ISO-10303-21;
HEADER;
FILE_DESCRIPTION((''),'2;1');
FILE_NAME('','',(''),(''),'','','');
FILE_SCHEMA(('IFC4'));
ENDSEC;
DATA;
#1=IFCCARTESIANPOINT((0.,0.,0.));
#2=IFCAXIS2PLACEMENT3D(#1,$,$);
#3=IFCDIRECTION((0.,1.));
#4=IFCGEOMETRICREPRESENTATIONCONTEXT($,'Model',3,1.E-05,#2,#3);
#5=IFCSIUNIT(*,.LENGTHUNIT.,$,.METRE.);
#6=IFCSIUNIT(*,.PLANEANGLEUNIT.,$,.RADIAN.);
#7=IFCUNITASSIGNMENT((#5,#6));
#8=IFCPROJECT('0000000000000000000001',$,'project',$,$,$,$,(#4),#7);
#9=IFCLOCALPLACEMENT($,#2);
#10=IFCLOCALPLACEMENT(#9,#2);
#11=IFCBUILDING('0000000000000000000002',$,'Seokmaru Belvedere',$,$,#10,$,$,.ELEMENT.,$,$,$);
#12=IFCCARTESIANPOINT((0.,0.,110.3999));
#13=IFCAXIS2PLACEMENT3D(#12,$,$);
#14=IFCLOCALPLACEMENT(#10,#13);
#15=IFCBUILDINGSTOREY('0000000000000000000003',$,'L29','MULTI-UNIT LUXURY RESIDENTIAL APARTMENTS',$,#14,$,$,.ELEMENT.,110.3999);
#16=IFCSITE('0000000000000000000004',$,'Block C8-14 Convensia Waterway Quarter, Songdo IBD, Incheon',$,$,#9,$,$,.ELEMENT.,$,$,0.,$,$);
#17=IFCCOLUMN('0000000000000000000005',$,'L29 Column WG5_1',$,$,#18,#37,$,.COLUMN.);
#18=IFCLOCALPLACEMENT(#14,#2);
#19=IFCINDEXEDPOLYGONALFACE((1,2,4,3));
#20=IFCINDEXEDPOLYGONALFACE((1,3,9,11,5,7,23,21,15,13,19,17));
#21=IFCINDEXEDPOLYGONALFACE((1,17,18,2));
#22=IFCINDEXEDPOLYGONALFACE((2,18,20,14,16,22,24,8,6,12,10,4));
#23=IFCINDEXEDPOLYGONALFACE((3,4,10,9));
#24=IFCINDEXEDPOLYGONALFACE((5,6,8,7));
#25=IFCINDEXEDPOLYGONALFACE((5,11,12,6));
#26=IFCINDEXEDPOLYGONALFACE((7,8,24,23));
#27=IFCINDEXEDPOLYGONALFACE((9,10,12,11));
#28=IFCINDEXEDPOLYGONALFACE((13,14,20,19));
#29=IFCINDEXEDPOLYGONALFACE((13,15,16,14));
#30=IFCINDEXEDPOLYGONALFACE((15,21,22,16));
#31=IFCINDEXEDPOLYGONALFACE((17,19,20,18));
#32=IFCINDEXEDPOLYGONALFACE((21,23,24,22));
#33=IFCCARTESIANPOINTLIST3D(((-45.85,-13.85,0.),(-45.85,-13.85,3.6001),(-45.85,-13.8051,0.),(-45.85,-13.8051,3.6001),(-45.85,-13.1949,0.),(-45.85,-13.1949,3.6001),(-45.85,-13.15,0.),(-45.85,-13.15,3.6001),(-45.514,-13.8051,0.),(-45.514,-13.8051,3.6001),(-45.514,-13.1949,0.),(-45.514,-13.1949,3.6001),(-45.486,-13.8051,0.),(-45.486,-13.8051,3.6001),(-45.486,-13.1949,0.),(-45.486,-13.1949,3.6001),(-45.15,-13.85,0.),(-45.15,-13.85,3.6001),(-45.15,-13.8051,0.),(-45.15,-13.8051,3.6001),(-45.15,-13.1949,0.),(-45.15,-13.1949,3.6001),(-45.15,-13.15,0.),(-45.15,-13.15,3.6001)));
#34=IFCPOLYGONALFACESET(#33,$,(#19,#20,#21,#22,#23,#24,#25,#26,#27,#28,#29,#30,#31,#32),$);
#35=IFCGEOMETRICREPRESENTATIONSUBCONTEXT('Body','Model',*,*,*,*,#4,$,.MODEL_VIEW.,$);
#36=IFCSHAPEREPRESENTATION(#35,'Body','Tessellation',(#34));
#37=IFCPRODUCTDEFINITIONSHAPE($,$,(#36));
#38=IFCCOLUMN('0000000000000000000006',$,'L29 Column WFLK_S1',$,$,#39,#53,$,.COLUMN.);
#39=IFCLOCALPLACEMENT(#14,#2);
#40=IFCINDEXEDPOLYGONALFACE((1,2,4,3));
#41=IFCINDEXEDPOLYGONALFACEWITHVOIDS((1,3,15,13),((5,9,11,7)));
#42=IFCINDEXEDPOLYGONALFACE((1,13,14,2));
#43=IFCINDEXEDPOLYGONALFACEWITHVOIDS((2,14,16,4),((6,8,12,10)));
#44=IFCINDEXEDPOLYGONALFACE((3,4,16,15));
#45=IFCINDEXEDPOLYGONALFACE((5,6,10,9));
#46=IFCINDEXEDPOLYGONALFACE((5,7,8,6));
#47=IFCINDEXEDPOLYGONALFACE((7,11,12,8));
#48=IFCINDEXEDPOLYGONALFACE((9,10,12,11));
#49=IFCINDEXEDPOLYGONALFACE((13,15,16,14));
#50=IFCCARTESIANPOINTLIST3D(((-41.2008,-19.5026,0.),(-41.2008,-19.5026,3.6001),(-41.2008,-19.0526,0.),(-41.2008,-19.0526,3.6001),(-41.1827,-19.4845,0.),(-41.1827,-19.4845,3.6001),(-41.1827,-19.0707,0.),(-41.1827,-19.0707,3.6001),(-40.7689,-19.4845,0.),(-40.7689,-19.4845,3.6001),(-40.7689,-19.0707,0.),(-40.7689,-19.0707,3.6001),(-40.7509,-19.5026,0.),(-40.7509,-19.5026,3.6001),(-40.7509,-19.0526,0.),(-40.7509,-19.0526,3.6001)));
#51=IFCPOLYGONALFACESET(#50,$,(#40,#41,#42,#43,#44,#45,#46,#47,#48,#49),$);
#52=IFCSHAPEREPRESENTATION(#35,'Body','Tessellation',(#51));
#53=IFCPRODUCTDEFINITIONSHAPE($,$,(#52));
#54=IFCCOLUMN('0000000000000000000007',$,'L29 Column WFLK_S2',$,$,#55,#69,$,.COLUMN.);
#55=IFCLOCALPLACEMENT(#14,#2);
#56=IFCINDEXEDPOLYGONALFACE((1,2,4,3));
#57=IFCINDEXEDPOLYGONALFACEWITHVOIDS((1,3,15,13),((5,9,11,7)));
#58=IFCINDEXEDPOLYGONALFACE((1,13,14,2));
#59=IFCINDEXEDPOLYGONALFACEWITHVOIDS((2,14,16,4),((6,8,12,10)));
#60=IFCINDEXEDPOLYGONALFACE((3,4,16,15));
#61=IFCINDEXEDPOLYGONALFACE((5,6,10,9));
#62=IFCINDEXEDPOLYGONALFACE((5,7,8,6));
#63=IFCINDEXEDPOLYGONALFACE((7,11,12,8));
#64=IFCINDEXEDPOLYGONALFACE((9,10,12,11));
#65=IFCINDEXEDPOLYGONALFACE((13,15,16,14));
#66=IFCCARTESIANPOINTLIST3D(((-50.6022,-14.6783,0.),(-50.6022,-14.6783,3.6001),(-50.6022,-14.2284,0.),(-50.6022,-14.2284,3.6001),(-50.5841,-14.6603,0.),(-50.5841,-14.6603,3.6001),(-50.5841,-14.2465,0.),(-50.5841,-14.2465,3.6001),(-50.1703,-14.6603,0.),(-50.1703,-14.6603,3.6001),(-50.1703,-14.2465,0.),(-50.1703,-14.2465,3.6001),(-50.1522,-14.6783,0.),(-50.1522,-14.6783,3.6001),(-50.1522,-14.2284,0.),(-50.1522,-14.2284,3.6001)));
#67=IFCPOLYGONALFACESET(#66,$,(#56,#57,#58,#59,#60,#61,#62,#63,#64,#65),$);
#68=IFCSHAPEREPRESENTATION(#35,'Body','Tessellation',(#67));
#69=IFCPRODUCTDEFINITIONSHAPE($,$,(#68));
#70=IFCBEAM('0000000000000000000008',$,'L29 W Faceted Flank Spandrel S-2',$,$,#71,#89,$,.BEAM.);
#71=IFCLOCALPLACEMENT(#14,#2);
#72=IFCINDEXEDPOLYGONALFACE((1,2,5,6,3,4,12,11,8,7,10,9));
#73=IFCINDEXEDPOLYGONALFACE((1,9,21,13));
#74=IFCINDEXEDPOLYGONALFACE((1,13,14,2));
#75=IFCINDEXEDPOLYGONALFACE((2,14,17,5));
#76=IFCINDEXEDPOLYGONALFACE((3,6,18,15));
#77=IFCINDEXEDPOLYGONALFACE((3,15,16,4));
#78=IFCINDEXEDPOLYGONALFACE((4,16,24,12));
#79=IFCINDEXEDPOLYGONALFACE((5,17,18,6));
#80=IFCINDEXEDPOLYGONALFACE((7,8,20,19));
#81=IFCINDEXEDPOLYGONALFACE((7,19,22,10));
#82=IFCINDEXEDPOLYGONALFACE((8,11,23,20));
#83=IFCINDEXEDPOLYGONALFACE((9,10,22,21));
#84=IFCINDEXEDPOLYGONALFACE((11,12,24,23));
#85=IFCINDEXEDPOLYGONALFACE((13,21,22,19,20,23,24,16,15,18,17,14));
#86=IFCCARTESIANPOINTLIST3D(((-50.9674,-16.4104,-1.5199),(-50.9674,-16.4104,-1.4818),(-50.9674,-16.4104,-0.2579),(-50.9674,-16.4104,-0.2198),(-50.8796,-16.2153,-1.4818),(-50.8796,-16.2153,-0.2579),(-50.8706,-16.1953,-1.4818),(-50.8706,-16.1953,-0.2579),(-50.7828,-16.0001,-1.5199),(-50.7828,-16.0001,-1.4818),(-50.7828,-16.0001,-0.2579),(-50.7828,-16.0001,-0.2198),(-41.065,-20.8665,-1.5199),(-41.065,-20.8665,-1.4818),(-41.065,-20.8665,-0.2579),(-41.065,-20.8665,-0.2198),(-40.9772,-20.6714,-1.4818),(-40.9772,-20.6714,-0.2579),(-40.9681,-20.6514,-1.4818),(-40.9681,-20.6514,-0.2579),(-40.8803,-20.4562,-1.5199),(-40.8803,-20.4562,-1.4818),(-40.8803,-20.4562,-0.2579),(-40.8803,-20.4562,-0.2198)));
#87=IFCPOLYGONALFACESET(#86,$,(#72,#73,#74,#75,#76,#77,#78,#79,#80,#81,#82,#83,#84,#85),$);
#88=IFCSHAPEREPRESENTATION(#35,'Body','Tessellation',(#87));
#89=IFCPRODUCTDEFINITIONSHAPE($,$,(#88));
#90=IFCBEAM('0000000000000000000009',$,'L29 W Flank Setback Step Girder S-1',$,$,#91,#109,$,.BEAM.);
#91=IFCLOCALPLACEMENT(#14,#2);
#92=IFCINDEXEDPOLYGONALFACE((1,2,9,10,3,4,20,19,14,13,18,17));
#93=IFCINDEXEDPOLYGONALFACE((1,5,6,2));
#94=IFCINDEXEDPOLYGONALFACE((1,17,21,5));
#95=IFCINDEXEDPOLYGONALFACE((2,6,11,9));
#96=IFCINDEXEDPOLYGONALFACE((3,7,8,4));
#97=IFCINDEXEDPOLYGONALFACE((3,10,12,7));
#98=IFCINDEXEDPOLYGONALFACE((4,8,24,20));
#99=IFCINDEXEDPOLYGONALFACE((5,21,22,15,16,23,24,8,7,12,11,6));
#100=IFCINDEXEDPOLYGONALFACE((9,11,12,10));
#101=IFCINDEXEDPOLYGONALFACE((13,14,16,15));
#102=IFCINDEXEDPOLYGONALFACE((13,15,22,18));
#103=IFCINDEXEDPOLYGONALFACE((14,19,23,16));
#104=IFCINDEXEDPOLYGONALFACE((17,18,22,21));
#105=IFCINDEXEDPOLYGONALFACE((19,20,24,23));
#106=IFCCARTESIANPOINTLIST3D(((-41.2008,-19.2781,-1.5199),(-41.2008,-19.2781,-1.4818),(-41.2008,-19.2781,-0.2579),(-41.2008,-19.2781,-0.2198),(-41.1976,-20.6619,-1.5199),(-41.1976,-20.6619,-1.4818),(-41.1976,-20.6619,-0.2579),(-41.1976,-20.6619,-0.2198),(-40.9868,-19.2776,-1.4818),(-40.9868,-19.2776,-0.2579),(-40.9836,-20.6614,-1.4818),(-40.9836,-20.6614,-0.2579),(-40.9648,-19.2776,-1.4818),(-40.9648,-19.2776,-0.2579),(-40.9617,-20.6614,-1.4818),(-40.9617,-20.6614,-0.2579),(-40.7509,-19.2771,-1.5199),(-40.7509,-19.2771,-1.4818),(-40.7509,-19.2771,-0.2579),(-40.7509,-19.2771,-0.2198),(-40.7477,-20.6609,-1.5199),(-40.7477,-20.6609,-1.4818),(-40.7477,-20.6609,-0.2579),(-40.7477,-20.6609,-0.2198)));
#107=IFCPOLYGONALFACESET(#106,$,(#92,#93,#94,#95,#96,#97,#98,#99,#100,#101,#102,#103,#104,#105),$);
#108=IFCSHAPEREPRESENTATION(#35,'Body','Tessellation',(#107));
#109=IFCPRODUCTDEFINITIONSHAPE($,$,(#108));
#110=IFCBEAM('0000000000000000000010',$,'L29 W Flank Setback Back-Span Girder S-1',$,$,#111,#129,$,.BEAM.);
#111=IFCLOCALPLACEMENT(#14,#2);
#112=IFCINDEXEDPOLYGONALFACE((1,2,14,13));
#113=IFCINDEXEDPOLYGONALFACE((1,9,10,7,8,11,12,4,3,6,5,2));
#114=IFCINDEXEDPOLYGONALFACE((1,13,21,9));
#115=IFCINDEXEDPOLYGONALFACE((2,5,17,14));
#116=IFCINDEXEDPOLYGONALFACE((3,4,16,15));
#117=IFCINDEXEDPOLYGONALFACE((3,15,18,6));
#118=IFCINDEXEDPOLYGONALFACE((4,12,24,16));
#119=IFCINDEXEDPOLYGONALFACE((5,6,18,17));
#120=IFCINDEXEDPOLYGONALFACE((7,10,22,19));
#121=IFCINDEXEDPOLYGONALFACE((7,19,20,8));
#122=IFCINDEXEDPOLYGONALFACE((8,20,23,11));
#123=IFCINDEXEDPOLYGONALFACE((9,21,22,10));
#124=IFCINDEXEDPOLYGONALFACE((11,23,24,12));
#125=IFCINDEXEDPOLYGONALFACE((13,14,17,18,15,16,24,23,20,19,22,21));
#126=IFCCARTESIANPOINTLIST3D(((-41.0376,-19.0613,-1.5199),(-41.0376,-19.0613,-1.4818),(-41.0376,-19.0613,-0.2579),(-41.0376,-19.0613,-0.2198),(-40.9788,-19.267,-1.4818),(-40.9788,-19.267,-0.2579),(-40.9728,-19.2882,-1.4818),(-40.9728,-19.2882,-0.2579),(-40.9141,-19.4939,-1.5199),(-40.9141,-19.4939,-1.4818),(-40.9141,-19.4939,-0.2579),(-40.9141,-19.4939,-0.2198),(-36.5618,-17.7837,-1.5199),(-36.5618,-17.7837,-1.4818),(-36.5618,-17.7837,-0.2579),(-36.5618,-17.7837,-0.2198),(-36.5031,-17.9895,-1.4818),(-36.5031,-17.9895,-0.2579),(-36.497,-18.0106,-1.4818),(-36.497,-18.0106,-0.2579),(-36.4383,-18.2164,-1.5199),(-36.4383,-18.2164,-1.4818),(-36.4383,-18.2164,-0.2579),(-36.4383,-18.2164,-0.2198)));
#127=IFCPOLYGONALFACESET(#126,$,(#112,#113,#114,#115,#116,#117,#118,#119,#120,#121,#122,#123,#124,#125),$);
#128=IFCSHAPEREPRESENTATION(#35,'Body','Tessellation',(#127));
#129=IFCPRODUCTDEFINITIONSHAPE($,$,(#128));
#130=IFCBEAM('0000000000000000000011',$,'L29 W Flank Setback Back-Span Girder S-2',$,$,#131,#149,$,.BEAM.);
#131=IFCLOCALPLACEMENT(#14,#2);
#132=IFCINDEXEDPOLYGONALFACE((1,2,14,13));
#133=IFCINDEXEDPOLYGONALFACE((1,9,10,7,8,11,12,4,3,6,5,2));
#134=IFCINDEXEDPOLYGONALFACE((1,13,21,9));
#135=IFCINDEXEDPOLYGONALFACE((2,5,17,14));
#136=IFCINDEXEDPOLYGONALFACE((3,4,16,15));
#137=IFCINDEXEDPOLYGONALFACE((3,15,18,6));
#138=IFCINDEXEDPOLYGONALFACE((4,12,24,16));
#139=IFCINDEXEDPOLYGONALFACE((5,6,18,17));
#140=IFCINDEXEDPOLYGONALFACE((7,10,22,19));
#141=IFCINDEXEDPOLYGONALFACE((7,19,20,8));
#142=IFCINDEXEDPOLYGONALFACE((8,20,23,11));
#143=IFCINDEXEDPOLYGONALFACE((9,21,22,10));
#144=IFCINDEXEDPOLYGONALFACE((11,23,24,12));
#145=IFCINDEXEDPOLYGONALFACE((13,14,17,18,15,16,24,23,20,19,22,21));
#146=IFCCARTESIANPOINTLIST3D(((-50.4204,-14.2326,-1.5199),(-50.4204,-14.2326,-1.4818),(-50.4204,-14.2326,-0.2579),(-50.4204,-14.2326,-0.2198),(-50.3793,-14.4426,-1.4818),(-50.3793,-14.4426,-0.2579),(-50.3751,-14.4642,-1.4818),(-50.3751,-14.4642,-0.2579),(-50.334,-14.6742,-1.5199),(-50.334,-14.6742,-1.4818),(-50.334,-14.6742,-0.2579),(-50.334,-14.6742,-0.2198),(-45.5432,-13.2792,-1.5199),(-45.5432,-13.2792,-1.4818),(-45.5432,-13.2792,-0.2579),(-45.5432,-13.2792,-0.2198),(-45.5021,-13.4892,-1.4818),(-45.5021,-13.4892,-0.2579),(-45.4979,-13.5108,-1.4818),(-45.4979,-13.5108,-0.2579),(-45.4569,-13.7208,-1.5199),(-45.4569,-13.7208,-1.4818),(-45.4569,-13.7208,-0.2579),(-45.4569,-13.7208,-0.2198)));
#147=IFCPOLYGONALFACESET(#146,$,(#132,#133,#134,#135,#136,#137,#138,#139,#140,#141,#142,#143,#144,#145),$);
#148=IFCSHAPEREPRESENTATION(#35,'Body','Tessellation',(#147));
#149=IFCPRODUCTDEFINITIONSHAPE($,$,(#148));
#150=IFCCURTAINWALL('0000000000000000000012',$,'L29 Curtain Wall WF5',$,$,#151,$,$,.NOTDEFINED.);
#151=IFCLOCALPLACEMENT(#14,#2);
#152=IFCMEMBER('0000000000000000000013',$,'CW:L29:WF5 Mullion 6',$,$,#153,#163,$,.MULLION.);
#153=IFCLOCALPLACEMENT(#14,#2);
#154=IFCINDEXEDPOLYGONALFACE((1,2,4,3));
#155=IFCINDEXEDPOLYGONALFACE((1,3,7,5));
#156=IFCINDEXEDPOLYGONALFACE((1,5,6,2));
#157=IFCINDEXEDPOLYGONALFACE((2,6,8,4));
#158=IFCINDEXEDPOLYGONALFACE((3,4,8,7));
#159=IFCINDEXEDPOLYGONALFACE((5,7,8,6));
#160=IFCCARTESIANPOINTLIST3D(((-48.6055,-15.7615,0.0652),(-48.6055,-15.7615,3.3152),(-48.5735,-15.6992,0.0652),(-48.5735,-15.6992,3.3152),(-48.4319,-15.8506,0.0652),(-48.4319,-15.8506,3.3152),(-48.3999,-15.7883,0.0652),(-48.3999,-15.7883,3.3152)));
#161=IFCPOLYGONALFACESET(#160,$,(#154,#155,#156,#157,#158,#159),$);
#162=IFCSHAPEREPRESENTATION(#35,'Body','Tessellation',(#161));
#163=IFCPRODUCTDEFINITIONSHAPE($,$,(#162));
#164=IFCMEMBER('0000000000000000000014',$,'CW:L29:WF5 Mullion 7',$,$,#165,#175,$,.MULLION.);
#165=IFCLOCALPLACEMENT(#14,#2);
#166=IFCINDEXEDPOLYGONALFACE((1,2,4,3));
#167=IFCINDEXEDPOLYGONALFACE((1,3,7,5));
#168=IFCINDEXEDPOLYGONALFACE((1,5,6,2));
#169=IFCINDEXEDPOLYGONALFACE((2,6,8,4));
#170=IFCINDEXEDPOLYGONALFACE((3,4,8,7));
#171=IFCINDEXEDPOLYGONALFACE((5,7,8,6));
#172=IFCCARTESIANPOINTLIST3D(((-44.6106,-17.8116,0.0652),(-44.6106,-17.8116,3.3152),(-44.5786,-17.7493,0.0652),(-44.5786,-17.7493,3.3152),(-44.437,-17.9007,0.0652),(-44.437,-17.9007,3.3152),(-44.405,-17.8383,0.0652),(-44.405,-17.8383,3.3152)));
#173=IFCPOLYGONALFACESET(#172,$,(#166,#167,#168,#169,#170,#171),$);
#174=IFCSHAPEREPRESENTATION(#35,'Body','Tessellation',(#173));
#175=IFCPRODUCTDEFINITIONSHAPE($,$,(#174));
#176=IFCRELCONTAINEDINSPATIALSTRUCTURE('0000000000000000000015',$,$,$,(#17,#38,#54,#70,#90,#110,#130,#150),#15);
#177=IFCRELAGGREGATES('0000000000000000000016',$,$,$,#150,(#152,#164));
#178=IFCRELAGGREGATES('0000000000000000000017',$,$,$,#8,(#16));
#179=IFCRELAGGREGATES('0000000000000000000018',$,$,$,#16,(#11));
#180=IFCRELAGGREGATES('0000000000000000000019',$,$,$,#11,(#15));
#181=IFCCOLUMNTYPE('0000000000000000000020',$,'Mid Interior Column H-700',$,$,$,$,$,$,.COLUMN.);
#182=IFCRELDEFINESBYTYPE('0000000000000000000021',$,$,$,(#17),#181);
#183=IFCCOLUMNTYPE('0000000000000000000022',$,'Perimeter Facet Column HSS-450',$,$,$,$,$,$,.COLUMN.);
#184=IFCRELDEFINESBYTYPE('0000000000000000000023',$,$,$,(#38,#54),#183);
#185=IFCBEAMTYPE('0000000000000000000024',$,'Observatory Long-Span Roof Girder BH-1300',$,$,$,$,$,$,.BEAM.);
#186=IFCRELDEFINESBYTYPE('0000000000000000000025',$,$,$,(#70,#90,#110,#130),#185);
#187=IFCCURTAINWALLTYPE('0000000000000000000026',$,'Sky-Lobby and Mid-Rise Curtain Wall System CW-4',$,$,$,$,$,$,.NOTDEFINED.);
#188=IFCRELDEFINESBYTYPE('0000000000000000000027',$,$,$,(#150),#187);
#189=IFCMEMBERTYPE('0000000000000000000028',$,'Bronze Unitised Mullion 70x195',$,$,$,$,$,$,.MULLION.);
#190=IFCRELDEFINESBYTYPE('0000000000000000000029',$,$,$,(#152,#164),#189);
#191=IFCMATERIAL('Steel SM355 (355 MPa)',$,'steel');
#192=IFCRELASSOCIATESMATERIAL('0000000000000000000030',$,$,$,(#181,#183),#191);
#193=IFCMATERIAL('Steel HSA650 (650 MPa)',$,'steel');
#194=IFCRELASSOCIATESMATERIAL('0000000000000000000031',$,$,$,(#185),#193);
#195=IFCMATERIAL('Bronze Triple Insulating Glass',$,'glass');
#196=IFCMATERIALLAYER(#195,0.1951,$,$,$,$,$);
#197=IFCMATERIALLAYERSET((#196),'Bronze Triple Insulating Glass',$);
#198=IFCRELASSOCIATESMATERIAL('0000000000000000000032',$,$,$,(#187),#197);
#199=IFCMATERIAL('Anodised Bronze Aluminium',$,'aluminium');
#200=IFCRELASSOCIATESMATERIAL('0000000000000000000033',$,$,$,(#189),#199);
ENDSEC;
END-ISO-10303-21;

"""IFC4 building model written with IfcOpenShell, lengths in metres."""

from ifc_helpers import new_model, si_unit, direction, frame, origin, origin_2d, place, context, subcontext, project, spatial, rectangle, hollow_rectangle, i_section, extrude, source, transform, mapped, material, layer, layer_set, material_profile, profile_set, type_object, type_shapes, element, aggregate, save


model = new_model("IFC4")

# Units and contexts
model_context = context("Model", 3, precision=1e-05, world=origin(), true_north=direction((0.0, 1.0)))
body_context = subcontext(model_context, "Body", "Model", "MODEL_VIEW")
ifc_project = project(units=[si_unit("LENGTHUNIT", "METRE"), si_unit("PLANEANGLEUNIT", "RADIAN")], contexts=[model_context])

# Site, building, storey
site_placement = place(None, origin())
site = spatial("IfcSite", under=ifc_project, at=site_placement, Name="Block C8-14 Convensia Waterway Quarter, Songdo IBD, Incheon", CompositionType="ELEMENT", RefElevation=0.0)
building_placement = place(site_placement, origin())
building = spatial("IfcBuilding", under=site, at=building_placement, Name="Seokmaru Belvedere", CompositionType="ELEMENT")
storey_placement = place(building_placement, frame((0.0, 0.0, 110.3999)))
storey = spatial("IfcBuildingStorey", under=building, at=storey_placement, Name="L29", Description="MULTI-UNIT LUXURY RESIDENTIAL APARTMENTS", CompositionType="ELEMENT", Elevation=110.3999)

# Columns
ifc_material_1 = material(Name="Steel SM355 (355 MPa)", Category="steel")
ifc_material_profile_1 = material_profile(ifc_material_1, i_section(OverallWidth=0.7, OverallDepth=0.7, WebThickness=0.0281, FlangeThickness=0.0449, at=origin_2d()), Name="H-700x700x28x45")
ifc_profile_set_1 = profile_set([ifc_material_profile_1], Name="Steel SM355 (355 MPa)")
column_type_1 = type_object("IfcColumnType", Name="Mid Interior Column H-700", PredefinedType="COLUMN", material=ifc_profile_set_1)
shared_shape_1 = source(origin(), body_context, "Body", "SweptSolid", [
    extrude(i_section(OverallWidth=0.7, OverallDepth=0.7, WebThickness=0.0281, FlangeThickness=0.0449, at=origin_2d()), origin(), (0.0, 0.0, 1.0), 3.6001),
])
type_shapes(column_type_1, [shared_shape_1])
column_placement = place(storey_placement, frame((-45.5, -13.5, 0.0), z_axis=(0.0, 0.0, 1.0), x_axis=(1.0, 0.0, 0.0)))
element("IfcColumn", 1, at=column_placement, inside=storey, type_object=column_type_1, Name="L29 Column WG5_1", PredefinedType="COLUMN", context=body_context, shape_type="MappedRepresentation", body=[
    mapped(shared_shape_1, transform((0.0, 0.0, 0.0), scale=1.0)),
])
ifc_material_profile_2 = material_profile(ifc_material_1, hollow_rectangle(XDim=0.45, YDim=0.45, WallThickness=0.0181, at=origin_2d()), Name="HSS-450x450x18")
ifc_profile_set_2 = profile_set([ifc_material_profile_2], Name="Steel SM355 (355 MPa)")
column_type_2 = type_object("IfcColumnType", Name="Perimeter Facet Column HSS-450", PredefinedType="COLUMN", material=ifc_profile_set_2)
shared_shape_2 = source(origin(), body_context, "Body", "SweptSolid", [
    extrude(hollow_rectangle(XDim=0.45, YDim=0.45, WallThickness=0.0181, at=origin_2d()), origin(), (0.0, 0.0, 1.0), 3.6001),
])
type_shapes(column_type_2, [shared_shape_2])
for number, where, z_axis, x_axis, name in (
    (2, (-40.9758, -19.2776, 0.0), (0.0, 0.0, 1.0), (1.0, 0.0, 0.0), "L29 Column WFLK_S1"),
    (3, (-50.3772, -14.4534, 0.0), (0.0, 0.0, 1.0), (1.0, 0.0, 0.0), "L29 Column WFLK_S2"),
):
    element("IfcColumn", number, at=place(storey_placement, frame(where, z_axis=z_axis, x_axis=x_axis)), inside=storey, type_object=column_type_2, Name=name, PredefinedType="COLUMN", context=body_context, shape_type="MappedRepresentation", body=[
        mapped(shared_shape_2, transform((0.0, 0.0, 0.0), scale=1.0)),
    ])

# Beams
ifc_material_2 = material(Name="Steel HSA650 (650 MPa)", Category="steel")
ifc_material_profile_3 = material_profile(ifc_material_2, i_section(OverallWidth=0.45, OverallDepth=1.3, WebThickness=0.022, FlangeThickness=0.0381, at=origin_2d()), Name="BH-1300x450x22x38")
ifc_profile_set_3 = profile_set([ifc_material_profile_3], Name="Steel HSA650 (650 MPa)")
beam_type = type_object("IfcBeamType", Name="Observatory Long-Span Roof Girder BH-1300", PredefinedType="BEAM", material=ifc_profile_set_3)
shared_shape_3 = source(origin(), body_context, "Body", "SweptSolid", [
    extrude(i_section(OverallWidth=0.45, OverallDepth=1.3, WebThickness=0.022, FlangeThickness=0.0381, at=origin_2d()), origin(), (0.0, 0.0, 1.0), 10.8589),
])
beam_1_placement = place(storey_placement, frame((-40.9727, -20.6614, -0.8699), z_axis=(-0.911922, 0.410365, 0.0), x_axis=(-0.410365, -0.911922, 0.0)))
element("IfcBeam", 4, at=beam_1_placement, inside=storey, type_object=beam_type, Name="L29 W Faceted Flank Spandrel S-2", PredefinedType="BEAM", context=body_context, shape_type="MappedRepresentation", body=[
    mapped(shared_shape_3, transform((0.0, 0.0, 0.0), scale=1.0)),
])
shared_shape_4 = source(origin(), body_context, "Body", "SweptSolid", [
    extrude(i_section(OverallWidth=0.45, OverallDepth=1.3, WebThickness=0.022, FlangeThickness=0.0381, at=origin_2d()), origin(), (0.0, 0.0, 1.0), 1.3838),
])
beam_2_placement = place(storey_placement, frame((-40.9727, -20.6614, -0.8699), z_axis=(-0.002294, 0.999997, 0.0), x_axis=(-0.999997, -0.002294, 0.0)))
element("IfcBeam", 5, at=beam_2_placement, inside=storey, type_object=beam_type, Name="L29 W Flank Setback Step Girder S-1", PredefinedType="BEAM", context=body_context, shape_type="MappedRepresentation", body=[
    mapped(shared_shape_4, transform((0.0, 0.0, 0.0), scale=1.0)),
])
shared_shape_5 = source(origin(), body_context, "Body", "SweptSolid", [
    extrude(i_section(OverallWidth=0.45, OverallDepth=1.3, WebThickness=0.022, FlangeThickness=0.0381, at=origin_2d()), origin(), (0.0, 0.0, 1.0), 4.6545),
])
beam_3_placement = place(storey_placement, frame((-40.9758, -19.2776, -0.8699), z_axis=(0.961593, 0.274479, 0.0), x_axis=(-0.274479, 0.961593, 0.0)))
element("IfcBeam", 6, at=beam_3_placement, inside=storey, type_object=beam_type, Name="L29 W Flank Setback Back-Span Girder S-1", PredefinedType="BEAM", context=body_context, shape_type="MappedRepresentation", body=[
    mapped(shared_shape_5, transform((0.0, 0.0, 0.0), scale=1.0)),
])
shared_shape_6 = source(origin(), body_context, "Body", "SweptSolid", [
    extrude(i_section(OverallWidth=0.45, OverallDepth=1.3, WebThickness=0.022, FlangeThickness=0.0381, at=origin_2d()), origin(), (0.0, 0.0, 1.0), 4.9695),
])
type_shapes(beam_type, [shared_shape_3, shared_shape_4, shared_shape_5, shared_shape_6])
beam_4_placement = place(storey_placement, frame((-50.3772, -14.4534, -0.8699), z_axis=(0.981425, 0.191844, 0.0), x_axis=(-0.191844, 0.981425, 0.0)))
element("IfcBeam", 7, at=beam_4_placement, inside=storey, type_object=beam_type, Name="L29 W Flank Setback Back-Span Girder S-2", PredefinedType="BEAM", context=body_context, shape_type="MappedRepresentation", body=[
    mapped(shared_shape_6, transform((0.0, 0.0, 0.0), scale=1.0)),
])

# Curtain wall, members
ifc_material_3 = material(Name="Bronze Triple Insulating Glass", Category="glass")
ifc_layer_1 = layer(ifc_material_3, 0.1951)
ifc_layer_set_1 = layer_set([ifc_layer_1], Name="Bronze Triple Insulating Glass")
curtain_wall_type = type_object("IfcCurtainWallType", Name="Sky-Lobby and Mid-Rise Curtain Wall System CW-4", PredefinedType="NOTDEFINED", material=ifc_layer_set_1)
curtain_wall_placement = place(storey_placement, origin())
curtain_wall = element("IfcCurtainWall", 8, at=curtain_wall_placement, inside=storey, type_object=curtain_wall_type, Name="L29 Curtain Wall WF5", PredefinedType="NOTDEFINED")
ifc_material_4 = material(Name="Anodised Bronze Aluminium", Category="aluminium")
ifc_material_profile_4 = material_profile(ifc_material_4, rectangle(XDim=0.0701, YDim=0.1951, at=origin_2d()), Name="CW-M-70x195")
ifc_profile_set_4 = profile_set([ifc_material_profile_4], Name="Anodised Bronze Aluminium")
member_type = type_object("IfcMemberType", Name="Bronze Unitised Mullion 70x195", PredefinedType="MULLION", material=ifc_profile_set_4)
shared_shape_7 = source(origin(), body_context, "Body", "SweptSolid", [
    extrude(rectangle(XDim=0.0701, YDim=0.1951, at=origin_2d()), origin(), (0.0, 0.0, 1.0), 3.25),
])
type_shapes(member_type, [shared_shape_7])
member_1_placement = place(storey_placement, frame((-48.5027, -15.7749, 0.0652), z_axis=(0.0, 0.0, 1.0), x_axis=(0.456555, 0.889695, 0.0)))
member_1 = element("IfcMember", 9, at=member_1_placement, type_object=member_type, Name="CW:L29:WF5 Mullion 6", PredefinedType="MULLION", context=body_context, shape_type="MappedRepresentation", body=[
    mapped(shared_shape_7, transform((0.0, 0.0, 0.0), scale=1.0)),
])
member_2_placement = place(storey_placement, frame((-44.5078, -17.825, 0.0652), z_axis=(0.0, 0.0, 1.0), x_axis=(0.456555, 0.889695, 0.0)))
member_2 = element("IfcMember", 10, at=member_2_placement, type_object=member_type, Name="CW:L29:WF5 Mullion 7", PredefinedType="MULLION", context=body_context, shape_type="MappedRepresentation", body=[
    mapped(shared_shape_7, transform((0.0, 0.0, 0.0), scale=1.0)),
])
aggregate(curtain_wall, [member_1, member_2])

save(model, "model.ifc")
